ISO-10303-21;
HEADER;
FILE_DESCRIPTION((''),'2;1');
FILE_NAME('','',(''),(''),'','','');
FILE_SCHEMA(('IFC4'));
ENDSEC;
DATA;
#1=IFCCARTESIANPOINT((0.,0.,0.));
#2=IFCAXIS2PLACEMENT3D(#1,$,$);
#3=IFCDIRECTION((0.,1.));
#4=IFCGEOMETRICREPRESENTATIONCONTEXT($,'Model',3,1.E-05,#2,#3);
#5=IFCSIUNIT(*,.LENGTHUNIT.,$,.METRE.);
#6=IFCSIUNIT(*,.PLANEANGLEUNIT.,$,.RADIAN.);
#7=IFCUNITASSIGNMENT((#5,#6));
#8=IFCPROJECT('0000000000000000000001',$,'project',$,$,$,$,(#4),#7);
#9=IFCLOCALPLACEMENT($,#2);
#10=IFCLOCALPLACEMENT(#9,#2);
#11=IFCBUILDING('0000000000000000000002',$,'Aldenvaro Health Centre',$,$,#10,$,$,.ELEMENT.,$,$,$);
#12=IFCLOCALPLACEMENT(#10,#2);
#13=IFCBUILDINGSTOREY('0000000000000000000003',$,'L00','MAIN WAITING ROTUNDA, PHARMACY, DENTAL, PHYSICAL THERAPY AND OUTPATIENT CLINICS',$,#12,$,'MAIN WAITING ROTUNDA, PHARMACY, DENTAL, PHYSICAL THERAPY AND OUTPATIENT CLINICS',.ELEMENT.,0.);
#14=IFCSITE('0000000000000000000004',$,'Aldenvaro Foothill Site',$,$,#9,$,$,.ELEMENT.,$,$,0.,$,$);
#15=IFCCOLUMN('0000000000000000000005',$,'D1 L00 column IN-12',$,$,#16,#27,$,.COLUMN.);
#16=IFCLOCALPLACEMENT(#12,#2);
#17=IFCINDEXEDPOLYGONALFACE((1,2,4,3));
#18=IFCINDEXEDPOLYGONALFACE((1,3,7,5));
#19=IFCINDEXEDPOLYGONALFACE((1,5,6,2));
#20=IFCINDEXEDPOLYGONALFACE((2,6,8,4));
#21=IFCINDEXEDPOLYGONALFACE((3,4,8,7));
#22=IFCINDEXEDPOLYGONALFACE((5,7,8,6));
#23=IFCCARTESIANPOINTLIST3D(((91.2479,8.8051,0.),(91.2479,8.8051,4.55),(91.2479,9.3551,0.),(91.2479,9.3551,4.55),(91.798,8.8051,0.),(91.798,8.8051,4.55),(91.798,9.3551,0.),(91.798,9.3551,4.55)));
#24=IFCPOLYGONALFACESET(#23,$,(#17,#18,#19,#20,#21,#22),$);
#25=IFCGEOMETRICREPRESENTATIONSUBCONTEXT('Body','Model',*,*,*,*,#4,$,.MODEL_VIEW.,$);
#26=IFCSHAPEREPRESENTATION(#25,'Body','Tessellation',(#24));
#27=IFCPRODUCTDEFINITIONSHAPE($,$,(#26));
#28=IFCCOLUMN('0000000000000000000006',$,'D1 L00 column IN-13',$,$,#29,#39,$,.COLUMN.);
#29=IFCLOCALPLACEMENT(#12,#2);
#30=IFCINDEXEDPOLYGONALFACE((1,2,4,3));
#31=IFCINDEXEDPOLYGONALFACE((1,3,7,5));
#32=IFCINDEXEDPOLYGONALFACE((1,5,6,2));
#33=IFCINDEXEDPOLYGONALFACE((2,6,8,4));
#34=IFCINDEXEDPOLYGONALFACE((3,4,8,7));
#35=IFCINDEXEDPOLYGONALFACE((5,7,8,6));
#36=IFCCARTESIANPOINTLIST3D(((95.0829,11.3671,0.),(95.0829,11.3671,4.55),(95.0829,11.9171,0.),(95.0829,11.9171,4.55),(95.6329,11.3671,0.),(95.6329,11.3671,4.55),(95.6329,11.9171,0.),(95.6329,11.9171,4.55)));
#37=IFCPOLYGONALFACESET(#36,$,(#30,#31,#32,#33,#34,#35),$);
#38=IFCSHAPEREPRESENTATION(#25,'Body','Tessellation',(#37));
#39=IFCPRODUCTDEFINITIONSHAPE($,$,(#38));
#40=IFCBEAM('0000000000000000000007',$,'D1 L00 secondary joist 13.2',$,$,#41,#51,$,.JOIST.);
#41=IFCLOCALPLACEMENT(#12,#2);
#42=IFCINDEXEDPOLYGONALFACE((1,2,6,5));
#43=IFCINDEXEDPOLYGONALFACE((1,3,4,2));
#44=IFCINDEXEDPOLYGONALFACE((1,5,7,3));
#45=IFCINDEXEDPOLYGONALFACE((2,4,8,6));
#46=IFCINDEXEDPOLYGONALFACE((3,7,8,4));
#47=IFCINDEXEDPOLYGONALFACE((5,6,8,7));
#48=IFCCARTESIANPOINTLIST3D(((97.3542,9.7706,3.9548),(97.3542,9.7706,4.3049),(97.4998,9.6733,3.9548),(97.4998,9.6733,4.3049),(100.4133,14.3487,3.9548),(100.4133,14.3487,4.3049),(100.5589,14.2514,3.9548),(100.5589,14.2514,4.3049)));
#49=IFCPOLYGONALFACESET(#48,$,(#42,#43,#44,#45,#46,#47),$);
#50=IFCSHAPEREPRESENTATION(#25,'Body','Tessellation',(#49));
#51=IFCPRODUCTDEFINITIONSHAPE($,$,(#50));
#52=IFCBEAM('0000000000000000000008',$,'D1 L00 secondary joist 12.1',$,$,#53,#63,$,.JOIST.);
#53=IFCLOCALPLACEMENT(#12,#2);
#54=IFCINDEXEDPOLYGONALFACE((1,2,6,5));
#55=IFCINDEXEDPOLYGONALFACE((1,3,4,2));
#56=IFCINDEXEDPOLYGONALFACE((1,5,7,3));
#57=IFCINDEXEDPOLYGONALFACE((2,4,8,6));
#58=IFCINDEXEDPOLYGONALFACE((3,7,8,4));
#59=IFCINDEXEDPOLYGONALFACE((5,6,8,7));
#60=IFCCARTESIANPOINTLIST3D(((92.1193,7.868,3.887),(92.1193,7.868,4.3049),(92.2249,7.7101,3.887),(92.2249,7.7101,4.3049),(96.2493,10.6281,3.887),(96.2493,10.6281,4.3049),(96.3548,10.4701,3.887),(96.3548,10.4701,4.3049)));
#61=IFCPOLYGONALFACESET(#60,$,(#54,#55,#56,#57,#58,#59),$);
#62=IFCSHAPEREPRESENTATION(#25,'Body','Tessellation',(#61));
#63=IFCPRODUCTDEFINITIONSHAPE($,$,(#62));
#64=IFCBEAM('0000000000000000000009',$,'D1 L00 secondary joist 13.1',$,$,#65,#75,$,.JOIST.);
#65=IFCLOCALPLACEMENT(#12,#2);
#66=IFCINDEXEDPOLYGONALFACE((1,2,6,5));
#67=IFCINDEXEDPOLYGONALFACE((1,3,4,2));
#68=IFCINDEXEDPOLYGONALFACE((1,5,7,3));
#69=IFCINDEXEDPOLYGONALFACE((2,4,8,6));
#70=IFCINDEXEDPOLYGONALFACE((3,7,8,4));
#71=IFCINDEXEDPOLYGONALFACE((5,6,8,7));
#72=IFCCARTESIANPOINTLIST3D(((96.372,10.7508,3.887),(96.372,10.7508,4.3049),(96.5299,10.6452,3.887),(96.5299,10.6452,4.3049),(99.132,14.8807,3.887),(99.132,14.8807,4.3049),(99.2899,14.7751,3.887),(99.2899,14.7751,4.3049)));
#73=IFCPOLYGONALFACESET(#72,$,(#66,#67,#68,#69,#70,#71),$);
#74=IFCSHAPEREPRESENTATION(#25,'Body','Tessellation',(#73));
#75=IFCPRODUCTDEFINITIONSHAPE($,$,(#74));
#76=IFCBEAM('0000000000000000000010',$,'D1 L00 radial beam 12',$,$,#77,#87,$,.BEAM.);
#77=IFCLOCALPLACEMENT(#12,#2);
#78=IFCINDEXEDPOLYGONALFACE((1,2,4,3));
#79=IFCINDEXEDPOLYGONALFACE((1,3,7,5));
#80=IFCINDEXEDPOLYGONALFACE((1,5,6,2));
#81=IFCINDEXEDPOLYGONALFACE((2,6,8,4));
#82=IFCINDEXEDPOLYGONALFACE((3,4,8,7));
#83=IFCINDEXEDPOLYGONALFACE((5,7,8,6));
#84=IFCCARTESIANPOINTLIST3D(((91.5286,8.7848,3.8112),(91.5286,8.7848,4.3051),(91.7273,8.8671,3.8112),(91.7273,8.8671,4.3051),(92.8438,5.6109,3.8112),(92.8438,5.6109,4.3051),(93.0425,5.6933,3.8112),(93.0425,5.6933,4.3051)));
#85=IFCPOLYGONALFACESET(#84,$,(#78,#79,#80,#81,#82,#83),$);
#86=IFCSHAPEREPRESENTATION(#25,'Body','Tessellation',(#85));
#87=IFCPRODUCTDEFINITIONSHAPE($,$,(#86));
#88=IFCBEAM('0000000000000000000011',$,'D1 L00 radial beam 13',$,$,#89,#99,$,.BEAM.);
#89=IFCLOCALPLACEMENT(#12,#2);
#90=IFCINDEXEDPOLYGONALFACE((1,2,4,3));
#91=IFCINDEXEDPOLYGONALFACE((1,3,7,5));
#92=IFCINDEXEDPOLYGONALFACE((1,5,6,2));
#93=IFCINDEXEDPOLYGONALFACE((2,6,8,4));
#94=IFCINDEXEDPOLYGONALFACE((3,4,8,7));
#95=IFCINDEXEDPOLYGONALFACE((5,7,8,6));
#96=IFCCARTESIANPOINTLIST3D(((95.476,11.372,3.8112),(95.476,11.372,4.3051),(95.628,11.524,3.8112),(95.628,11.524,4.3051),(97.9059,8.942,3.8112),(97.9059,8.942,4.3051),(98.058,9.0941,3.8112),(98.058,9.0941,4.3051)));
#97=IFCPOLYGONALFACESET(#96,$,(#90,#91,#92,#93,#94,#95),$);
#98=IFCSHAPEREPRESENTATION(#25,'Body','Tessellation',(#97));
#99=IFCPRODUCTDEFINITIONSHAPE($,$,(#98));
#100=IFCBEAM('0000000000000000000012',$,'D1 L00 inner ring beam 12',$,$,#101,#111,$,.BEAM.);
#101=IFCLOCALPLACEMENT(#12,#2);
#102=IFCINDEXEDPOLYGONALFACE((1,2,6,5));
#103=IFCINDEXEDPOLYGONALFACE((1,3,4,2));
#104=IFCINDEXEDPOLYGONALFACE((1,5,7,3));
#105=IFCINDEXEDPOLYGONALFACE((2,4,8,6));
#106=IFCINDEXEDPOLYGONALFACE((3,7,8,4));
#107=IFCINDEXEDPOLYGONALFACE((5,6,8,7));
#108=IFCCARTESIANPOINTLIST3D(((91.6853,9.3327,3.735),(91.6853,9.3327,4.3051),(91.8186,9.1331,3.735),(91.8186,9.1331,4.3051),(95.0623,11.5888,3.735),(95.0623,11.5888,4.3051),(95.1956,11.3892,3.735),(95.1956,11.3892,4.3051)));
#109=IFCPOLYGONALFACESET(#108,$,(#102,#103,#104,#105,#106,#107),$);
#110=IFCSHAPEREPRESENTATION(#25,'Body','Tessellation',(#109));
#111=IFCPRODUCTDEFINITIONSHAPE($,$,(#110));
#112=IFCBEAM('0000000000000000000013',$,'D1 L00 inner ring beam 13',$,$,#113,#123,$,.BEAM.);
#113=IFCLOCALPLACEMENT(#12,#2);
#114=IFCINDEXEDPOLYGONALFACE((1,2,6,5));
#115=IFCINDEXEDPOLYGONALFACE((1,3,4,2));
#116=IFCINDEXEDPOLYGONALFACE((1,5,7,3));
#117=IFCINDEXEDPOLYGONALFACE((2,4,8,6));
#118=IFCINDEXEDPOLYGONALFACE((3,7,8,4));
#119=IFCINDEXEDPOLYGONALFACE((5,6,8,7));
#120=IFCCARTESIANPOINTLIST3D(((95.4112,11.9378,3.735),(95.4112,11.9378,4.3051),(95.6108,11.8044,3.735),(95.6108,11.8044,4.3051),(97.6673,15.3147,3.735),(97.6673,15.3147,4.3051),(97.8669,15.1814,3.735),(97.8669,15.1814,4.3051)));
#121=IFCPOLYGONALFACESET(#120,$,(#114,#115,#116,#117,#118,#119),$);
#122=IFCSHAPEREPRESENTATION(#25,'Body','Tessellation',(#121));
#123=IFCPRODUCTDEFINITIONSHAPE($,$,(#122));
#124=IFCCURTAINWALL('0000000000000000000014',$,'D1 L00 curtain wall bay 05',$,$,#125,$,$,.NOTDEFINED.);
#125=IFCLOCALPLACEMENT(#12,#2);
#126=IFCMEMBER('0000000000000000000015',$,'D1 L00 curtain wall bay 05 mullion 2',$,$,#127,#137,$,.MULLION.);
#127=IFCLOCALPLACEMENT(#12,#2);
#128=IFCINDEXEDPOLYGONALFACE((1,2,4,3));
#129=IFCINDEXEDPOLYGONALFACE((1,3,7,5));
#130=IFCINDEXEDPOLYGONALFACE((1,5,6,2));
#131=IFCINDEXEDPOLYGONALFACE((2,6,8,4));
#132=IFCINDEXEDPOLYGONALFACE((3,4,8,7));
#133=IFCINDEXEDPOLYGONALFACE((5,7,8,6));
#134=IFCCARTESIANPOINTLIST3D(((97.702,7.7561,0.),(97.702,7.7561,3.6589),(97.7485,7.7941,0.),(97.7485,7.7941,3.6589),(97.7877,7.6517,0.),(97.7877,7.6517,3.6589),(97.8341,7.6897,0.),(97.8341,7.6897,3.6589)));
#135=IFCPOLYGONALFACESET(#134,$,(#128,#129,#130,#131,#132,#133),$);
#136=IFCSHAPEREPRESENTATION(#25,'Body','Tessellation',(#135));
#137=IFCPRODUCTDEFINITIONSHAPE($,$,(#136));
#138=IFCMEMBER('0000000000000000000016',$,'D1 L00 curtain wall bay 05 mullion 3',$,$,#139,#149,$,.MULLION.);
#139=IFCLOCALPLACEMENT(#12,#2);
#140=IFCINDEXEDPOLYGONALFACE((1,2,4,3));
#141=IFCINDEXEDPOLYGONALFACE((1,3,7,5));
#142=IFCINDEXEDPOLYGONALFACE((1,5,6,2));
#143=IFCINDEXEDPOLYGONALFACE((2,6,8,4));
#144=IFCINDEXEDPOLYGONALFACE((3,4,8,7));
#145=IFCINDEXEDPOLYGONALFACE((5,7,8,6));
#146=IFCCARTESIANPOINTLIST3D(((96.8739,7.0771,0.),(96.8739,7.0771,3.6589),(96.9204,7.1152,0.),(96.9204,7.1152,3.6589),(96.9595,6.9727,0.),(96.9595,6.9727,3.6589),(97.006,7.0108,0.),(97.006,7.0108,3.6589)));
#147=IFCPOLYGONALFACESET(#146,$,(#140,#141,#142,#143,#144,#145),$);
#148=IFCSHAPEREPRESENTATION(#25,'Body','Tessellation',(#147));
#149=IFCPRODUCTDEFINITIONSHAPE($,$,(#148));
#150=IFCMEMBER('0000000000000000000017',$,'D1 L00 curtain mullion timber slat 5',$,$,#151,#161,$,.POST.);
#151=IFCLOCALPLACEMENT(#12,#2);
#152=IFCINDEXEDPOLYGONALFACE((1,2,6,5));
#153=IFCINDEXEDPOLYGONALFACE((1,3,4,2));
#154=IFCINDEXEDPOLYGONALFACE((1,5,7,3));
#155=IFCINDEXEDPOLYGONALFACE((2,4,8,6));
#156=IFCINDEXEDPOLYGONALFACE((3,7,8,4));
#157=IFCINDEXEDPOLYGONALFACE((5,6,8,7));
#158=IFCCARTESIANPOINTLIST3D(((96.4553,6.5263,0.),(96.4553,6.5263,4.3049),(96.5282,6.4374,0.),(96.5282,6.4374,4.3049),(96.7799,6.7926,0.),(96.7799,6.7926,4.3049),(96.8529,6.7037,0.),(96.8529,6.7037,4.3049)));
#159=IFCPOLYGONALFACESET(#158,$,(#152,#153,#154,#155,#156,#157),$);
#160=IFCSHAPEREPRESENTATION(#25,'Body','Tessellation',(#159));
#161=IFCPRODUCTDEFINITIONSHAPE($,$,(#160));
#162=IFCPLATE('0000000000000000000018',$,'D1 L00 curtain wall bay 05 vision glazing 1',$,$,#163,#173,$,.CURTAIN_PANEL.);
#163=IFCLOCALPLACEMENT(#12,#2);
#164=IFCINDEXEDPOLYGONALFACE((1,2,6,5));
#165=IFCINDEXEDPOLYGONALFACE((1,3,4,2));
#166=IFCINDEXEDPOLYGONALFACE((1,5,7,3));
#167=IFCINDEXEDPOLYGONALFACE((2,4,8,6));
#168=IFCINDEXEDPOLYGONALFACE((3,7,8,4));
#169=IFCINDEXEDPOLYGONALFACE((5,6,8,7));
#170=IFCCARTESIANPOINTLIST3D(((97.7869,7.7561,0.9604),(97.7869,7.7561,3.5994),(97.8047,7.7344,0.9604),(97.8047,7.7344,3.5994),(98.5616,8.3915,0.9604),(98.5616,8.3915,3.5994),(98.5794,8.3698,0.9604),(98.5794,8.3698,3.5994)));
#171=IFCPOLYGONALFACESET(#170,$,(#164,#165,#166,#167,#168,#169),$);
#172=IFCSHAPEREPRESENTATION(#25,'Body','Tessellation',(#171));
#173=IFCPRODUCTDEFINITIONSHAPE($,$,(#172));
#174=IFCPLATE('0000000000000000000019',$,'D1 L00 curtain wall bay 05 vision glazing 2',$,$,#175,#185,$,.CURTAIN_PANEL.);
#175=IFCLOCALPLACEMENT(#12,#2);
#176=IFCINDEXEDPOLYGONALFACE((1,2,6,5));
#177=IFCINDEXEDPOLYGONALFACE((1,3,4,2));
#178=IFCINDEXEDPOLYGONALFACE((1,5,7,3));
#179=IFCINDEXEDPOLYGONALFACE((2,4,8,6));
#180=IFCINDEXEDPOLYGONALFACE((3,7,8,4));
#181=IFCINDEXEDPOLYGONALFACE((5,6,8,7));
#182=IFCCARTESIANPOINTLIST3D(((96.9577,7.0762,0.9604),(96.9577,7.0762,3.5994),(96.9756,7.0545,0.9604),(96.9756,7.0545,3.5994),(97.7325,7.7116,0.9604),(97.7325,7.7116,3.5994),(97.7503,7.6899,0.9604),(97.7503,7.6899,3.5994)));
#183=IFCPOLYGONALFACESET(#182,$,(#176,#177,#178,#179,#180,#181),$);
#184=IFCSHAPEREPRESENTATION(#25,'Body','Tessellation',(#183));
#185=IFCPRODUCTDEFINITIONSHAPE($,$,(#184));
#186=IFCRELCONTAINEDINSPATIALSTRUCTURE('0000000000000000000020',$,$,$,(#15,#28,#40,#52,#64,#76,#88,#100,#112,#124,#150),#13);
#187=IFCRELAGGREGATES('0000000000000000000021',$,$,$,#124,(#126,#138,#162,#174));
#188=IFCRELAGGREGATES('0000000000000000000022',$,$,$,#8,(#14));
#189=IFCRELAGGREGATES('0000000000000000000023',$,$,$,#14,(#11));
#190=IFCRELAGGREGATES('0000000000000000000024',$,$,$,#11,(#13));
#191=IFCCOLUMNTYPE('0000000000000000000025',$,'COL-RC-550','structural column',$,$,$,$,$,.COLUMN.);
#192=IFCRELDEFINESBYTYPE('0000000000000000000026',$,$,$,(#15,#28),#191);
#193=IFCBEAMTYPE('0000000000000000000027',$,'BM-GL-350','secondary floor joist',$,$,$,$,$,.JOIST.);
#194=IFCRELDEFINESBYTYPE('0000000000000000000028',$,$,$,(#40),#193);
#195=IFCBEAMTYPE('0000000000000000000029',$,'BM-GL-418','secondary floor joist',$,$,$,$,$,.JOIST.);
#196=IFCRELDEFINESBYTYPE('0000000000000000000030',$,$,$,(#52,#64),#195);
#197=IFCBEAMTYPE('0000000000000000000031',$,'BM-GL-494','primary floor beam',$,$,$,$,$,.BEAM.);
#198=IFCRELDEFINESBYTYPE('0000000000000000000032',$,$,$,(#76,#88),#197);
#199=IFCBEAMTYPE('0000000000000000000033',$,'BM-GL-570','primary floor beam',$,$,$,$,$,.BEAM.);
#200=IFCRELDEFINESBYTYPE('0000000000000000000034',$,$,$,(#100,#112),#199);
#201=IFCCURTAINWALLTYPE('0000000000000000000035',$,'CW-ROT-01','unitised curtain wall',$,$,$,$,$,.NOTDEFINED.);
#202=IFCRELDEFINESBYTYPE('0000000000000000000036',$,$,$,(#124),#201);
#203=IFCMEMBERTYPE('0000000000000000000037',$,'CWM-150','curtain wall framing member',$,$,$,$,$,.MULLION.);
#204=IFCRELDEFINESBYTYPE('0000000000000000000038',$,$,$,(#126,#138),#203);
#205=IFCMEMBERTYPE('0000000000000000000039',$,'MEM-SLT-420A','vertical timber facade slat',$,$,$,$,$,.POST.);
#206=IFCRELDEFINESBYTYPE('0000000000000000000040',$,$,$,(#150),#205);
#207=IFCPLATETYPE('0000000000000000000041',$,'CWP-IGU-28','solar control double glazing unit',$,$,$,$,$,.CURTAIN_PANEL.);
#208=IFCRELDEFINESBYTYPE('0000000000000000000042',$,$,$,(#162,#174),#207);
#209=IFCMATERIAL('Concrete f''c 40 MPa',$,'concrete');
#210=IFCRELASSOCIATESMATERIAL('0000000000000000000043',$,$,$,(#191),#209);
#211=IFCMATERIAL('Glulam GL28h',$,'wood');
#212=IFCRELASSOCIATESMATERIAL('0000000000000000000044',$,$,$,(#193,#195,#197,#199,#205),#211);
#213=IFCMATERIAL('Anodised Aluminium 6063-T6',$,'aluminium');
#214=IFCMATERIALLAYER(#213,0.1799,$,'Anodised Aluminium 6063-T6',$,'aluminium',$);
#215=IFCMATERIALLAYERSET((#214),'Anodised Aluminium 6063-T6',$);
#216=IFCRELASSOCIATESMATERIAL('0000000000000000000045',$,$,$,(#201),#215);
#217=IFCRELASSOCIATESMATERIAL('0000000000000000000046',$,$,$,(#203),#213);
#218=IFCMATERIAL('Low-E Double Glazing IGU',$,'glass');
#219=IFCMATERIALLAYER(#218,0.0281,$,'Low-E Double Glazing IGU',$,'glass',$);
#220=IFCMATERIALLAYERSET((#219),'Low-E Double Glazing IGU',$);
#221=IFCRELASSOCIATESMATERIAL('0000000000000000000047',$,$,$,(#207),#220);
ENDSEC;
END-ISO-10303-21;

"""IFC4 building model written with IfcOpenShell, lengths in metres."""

from ifc_helpers import new_model, si_unit, direction, frame, origin, origin_2d, place, context, subcontext, project, spatial, rectangle, extrude, material, layer, layer_set, material_profile, profile_set, type_object, element, aggregate, save


model = new_model("IFC4")

# Units and contexts
model_context = context("Model", 3, precision=1e-05, world=origin(), true_north=direction((0.0, 1.0)))
body_context = subcontext(model_context, "Body", "Model", "MODEL_VIEW")
ifc_project = project(units=[si_unit("LENGTHUNIT", "METRE"), si_unit("PLANEANGLEUNIT", "RADIAN")], contexts=[model_context])

# Site, building, storey
site_placement = place(None, origin())
site = spatial("IfcSite", under=ifc_project, at=site_placement, Name="Aldenvaro Foothill Site", CompositionType="ELEMENT", RefElevation=0.0)
building_placement = place(site_placement, origin())
building = spatial("IfcBuilding", under=site, at=building_placement, Name="Aldenvaro Health Centre", CompositionType="ELEMENT")
storey_placement = place(building_placement, origin())
storey = spatial("IfcBuildingStorey", under=building, at=storey_placement, Name="L00", Description="MAIN WAITING ROTUNDA, PHARMACY, DENTAL, PHYSICAL THERAPY AND OUTPATIENT CLINICS", LongName="MAIN WAITING ROTUNDA, PHARMACY, DENTAL, PHYSICAL THERAPY AND OUTPATIENT CLINICS", CompositionType="ELEMENT", Elevation=0.0)

# Columns
ifc_material_1 = material(Name="Concrete f'c 40 MPa", Category="concrete")
ifc_material_profile_1 = material_profile(ifc_material_1, rectangle(XDim=0.55, YDim=0.55, at=origin_2d()), Name="RC 550x550", Category="concrete")
ifc_profile_set_1 = profile_set([ifc_material_profile_1], Name="Concrete f'c 40 MPa")
column_type = type_object("IfcColumnType", Name="COL-RC-550", Description="structural column", PredefinedType="COLUMN", material=ifc_profile_set_1)
for number, where, z_axis, x_axis, name in (
    (1, (91.5229, 9.0801, 0.0), (0.0, 0.0, 1.0), (1.0, 0.0, 0.0), "D1 L00 column IN-12"),
    (2, (95.3579, 11.6421, 0.0), (0.0, 0.0, 1.0), (1.0, 0.0, 0.0), "D1 L00 column IN-13"),
):
    element("IfcColumn", number, at=place(storey_placement, frame(where, z_axis=z_axis, x_axis=x_axis)), inside=storey, type_object=column_type, Name=name, PredefinedType="COLUMN", context=body_context, shape_type="SweptSolid", body=[
        extrude(rectangle(XDim=0.55, YDim=0.55, at=origin_2d()), origin(), (0.0, 0.0, 1.0), 4.55),
    ])

# Beams
ifc_material_2 = material(Name="Glulam GL28h", Category="wood")
ifc_material_profile_2 = material_profile(ifc_material_2, rectangle(XDim=0.175, YDim=0.3501, at=origin_2d()), Name="GL 175x350", Category="wood")
ifc_profile_set_2 = profile_set([ifc_material_profile_2], Name="Glulam GL28h")
beam_type_1 = type_object("IfcBeamType", Name="BM-GL-350", Description="secondary floor joist", PredefinedType="JOIST", material=ifc_profile_set_2)
beam_1_placement = place(storey_placement, frame((97.427, 9.7219, 4.1299), z_axis=(0.55558, 0.831463, 0.0), x_axis=(-0.831463, 0.55558, 0.0)))
element("IfcBeam", 3, at=beam_1_placement, inside=storey, type_object=beam_type_1, Name="D1 L00 secondary joist 13.2", PredefinedType="JOIST", context=body_context, shape_type="SweptSolid", body=[
    extrude(rectangle(XDim=0.175, YDim=0.3501, at=origin_2d()), origin(), (0.0, 0.0, 1.0), 5.5061),
])
ifc_material_profile_3 = material_profile(ifc_material_2, rectangle(XDim=0.1899, YDim=0.418, at=origin_2d()), Name="GL 190x418", Category="wood")
ifc_profile_set_3 = profile_set([ifc_material_profile_3], Name="Glulam GL28h")
beam_type_2 = type_object("IfcBeamType", Name="BM-GL-418", Description="secondary floor joist", PredefinedType="JOIST", material=ifc_profile_set_3)
for number, where, z_axis, x_axis, name in (
    (4, (92.1721, 7.7891, 4.0959), (0.831422, 0.555641, 0.0), (-0.555641, 0.831422, 0.0), "D1 L00 secondary joist 12.1"),
    (5, (96.4509, 10.698, 4.0959), (0.555641, 0.831422, 0.0), (-0.831422, 0.555641, 0.0), "D1 L00 secondary joist 13.1"),
):
    element("IfcBeam", number, at=place(storey_placement, frame(where, z_axis=z_axis, x_axis=x_axis)), inside=storey, type_object=beam_type_2, Name=name, PredefinedType="JOIST", context=body_context, shape_type="SweptSolid", body=[
        extrude(rectangle(XDim=0.1899, YDim=0.418, at=origin_2d()), origin(), (0.0, 0.0, 1.0), 4.9673),
    ])
ifc_material_profile_4 = material_profile(ifc_material_2, rectangle(XDim=0.2151, YDim=0.4939, at=origin_2d()), Name="GL 215x494", Category="wood")
ifc_profile_set_4 = profile_set([ifc_material_profile_4], Name="Glulam GL28h")
beam_type_3 = type_object("IfcBeamType", Name="BM-GL-494", Description="primary floor beam", PredefinedType="BEAM", material=ifc_profile_set_4)
beam_2_placement = place(storey_placement, frame((91.6279, 8.8259, 4.0581), z_axis=(0.382818, -0.923824, 0.0), x_axis=(0.923824, 0.382818, 0.0)))
element("IfcBeam", 6, at=beam_2_placement, inside=storey, type_object=beam_type_3, Name="D1 L00 radial beam 12", PredefinedType="BEAM", context=body_context, shape_type="SweptSolid", body=[
    extrude(rectangle(XDim=0.2151, YDim=0.4939, at=origin_2d()), origin(), (0.0, 0.0, 1.0), 3.4355),
])
beam_3_placement = place(storey_placement, frame((95.552, 11.448, 4.0581), z_axis=(0.707107, -0.707107, 0.0), x_axis=(0.707107, 0.707107, 0.0)))
element("IfcBeam", 7, at=beam_3_placement, inside=storey, type_object=beam_type_3, Name="D1 L00 radial beam 13", PredefinedType="BEAM", context=body_context, shape_type="SweptSolid", body=[
    extrude(rectangle(XDim=0.2151, YDim=0.4939, at=origin_2d()), origin(), (0.0, 0.0, 1.0), 3.4365),
])
ifc_material_profile_5 = material_profile(ifc_material_2, rectangle(XDim=0.24, YDim=0.5701, at=origin_2d()), Name="GL 240x570", Category="wood")
ifc_profile_set_5 = profile_set([ifc_material_profile_5], Name="Glulam GL28h")
beam_type_4 = type_object("IfcBeamType", Name="BM-GL-570", Description="primary floor beam", PredefinedType="BEAM", material=ifc_profile_set_5)
for number, where, z_axis, x_axis, name in (
    (8, (91.752, 9.2329, 4.02), (0.831504, 0.555518, 0.0), (-0.555518, 0.831504, 0.0), "D1 L00 inner ring beam 12"),
    (9, (95.511, 11.8711, 4.02), (0.555518, 0.831504, 0.0), (-0.831504, 0.555518, 0.0), "D1 L00 inner ring beam 13"),
):
    element("IfcBeam", number, at=place(storey_placement, frame(where, z_axis=z_axis, x_axis=x_axis)), inside=storey, type_object=beam_type_4, Name=name, PredefinedType="BEAM", context=body_context, shape_type="SweptSolid", body=[
        extrude(rectangle(XDim=0.24, YDim=0.5701, at=origin_2d()), origin(), (0.0, 0.0, 1.0), 4.0613),
    ])

# Curtain wall, members
ifc_material_3 = material(Name="Anodised Aluminium 6063-T6", Category="aluminium")
ifc_layer_1 = layer(ifc_material_3, 0.1799, Name="Anodised Aluminium 6063-T6", Category="aluminium")
ifc_layer_set_1 = layer_set([ifc_layer_1], Name="Anodised Aluminium 6063-T6")
curtain_wall_type = type_object("IfcCurtainWallType", Name="CW-ROT-01", Description="unitised curtain wall", PredefinedType="NOTDEFINED", material=ifc_layer_set_1)
curtain_wall_placement = place(storey_placement, origin())
curtain_wall = element("IfcCurtainWall", 10, at=curtain_wall_placement, inside=storey, type_object=curtain_wall_type, Name="D1 L00 curtain wall bay 05", PredefinedType="NOTDEFINED")
ifc_material_profile_6 = material_profile(ifc_material_3, rectangle(XDim=0.0601, YDim=0.135, at=origin_2d()), Name="ALU 60x135", Category="aluminium")
ifc_profile_set_6 = profile_set([ifc_material_profile_6], Name="Anodised Aluminium 6063-T6")
member_type_1 = type_object("IfcMemberType", Name="CWM-150", Description="curtain wall framing member", PredefinedType="MULLION", material=ifc_profile_set_6)
member_1_placement = place(storey_placement, frame((97.7681, 7.7229, 0.0), z_axis=(0.0, 0.0, 1.0), x_axis=(-0.773195, -0.634169, 0.0)))
member_1 = element("IfcMember", 11, at=member_1_placement, type_object=member_type_1, Name="D1 L00 curtain wall bay 05 mullion 2", PredefinedType="MULLION", context=body_context, shape_type="SweptSolid", body=[
    extrude(rectangle(XDim=0.0601, YDim=0.135, at=origin_2d()), origin(), (0.0, 0.0, 1.0), 3.6589),
])
member_2_placement = place(storey_placement, frame((96.9399, 7.0439, 0.0), z_axis=(0.0, 0.0, 1.0), x_axis=(-0.773195, -0.634169, 0.0)))
member_2 = element("IfcMember", 12, at=member_2_placement, type_object=member_type_1, Name="D1 L00 curtain wall bay 05 mullion 3", PredefinedType="MULLION", context=body_context, shape_type="SweptSolid", body=[
    extrude(rectangle(XDim=0.0601, YDim=0.135, at=origin_2d()), origin(), (0.0, 0.0, 1.0), 3.6589),
])

# Member
ifc_material_profile_7 = material_profile(ifc_material_2, rectangle(XDim=0.115, YDim=0.4199, at=origin_2d()), Name="GL 115x420", Category="wood")
ifc_profile_set_7 = profile_set([ifc_material_profile_7], Name="Glulam GL28h")
member_type_2 = type_object("IfcMemberType", Name="MEM-SLT-420A", Description="vertical timber facade slat", PredefinedType="POST", material=ifc_profile_set_7)
member_3_placement = place(storey_placement, frame((96.6541, 6.615, 0.0), z_axis=(0.0, 0.0, 1.0), x_axis=(0.634169, -0.773195, 0.0)))
element("IfcMember", 13, at=member_3_placement, inside=storey, type_object=member_type_2, Name="D1 L00 curtain mullion timber slat 5", PredefinedType="POST", context=body_context, shape_type="SweptSolid", body=[
    extrude(rectangle(XDim=0.115, YDim=0.4199, at=origin_2d()), origin(), (0.0, 0.0, 1.0), 4.3049),
])

# Plates
ifc_material_4 = material(Name="Low-E Double Glazing IGU", Category="glass")
ifc_layer_2 = layer(ifc_material_4, 0.0281, Name="Low-E Double Glazing IGU", Category="glass")
ifc_layer_set_2 = layer_set([ifc_layer_2], Name="Low-E Double Glazing IGU")
plate_type_1 = type_object("IfcPlateType", Name="CWP-IGU-28", Description="solar control double glazing unit", PredefinedType="CURTAIN_PANEL", material=ifc_layer_set_2)
plate_1_placement = place(storey_placement, frame((98.1831, 8.063, 0.9604), z_axis=(0.0, 0.0, 1.0), x_axis=(-0.773195, -0.634169, 0.0)))
plate_1 = element("IfcPlate", 14, at=plate_1_placement, type_object=plate_type_1, Name="D1 L00 curtain wall bay 05 vision glazing 1", PredefinedType="CURTAIN_PANEL", context=body_context, shape_type="SweptSolid", body=[
    extrude(rectangle(XDim=1.002, YDim=0.0281, at=origin_2d()), origin(), (0.0, 0.0, 1.0), 2.6389),
])
plate_2_placement = place(storey_placement, frame((97.354, 7.3831, 0.9604), z_axis=(0.0, 0.0, 1.0), x_axis=(-0.773195, -0.634169, 0.0)))
plate_2 = element("IfcPlate", 15, at=plate_2_placement, type_object=plate_type_1, Name="D1 L00 curtain wall bay 05 vision glazing 2", PredefinedType="CURTAIN_PANEL", context=body_context, shape_type="SweptSolid", body=[
    extrude(rectangle(XDim=1.002, YDim=0.0281, at=origin_2d()), origin(), (0.0, 0.0, 1.0), 2.6389),
])
aggregate(curtain_wall, [member_1, member_2, plate_1, plate_2])

save(model, "model.ifc")
